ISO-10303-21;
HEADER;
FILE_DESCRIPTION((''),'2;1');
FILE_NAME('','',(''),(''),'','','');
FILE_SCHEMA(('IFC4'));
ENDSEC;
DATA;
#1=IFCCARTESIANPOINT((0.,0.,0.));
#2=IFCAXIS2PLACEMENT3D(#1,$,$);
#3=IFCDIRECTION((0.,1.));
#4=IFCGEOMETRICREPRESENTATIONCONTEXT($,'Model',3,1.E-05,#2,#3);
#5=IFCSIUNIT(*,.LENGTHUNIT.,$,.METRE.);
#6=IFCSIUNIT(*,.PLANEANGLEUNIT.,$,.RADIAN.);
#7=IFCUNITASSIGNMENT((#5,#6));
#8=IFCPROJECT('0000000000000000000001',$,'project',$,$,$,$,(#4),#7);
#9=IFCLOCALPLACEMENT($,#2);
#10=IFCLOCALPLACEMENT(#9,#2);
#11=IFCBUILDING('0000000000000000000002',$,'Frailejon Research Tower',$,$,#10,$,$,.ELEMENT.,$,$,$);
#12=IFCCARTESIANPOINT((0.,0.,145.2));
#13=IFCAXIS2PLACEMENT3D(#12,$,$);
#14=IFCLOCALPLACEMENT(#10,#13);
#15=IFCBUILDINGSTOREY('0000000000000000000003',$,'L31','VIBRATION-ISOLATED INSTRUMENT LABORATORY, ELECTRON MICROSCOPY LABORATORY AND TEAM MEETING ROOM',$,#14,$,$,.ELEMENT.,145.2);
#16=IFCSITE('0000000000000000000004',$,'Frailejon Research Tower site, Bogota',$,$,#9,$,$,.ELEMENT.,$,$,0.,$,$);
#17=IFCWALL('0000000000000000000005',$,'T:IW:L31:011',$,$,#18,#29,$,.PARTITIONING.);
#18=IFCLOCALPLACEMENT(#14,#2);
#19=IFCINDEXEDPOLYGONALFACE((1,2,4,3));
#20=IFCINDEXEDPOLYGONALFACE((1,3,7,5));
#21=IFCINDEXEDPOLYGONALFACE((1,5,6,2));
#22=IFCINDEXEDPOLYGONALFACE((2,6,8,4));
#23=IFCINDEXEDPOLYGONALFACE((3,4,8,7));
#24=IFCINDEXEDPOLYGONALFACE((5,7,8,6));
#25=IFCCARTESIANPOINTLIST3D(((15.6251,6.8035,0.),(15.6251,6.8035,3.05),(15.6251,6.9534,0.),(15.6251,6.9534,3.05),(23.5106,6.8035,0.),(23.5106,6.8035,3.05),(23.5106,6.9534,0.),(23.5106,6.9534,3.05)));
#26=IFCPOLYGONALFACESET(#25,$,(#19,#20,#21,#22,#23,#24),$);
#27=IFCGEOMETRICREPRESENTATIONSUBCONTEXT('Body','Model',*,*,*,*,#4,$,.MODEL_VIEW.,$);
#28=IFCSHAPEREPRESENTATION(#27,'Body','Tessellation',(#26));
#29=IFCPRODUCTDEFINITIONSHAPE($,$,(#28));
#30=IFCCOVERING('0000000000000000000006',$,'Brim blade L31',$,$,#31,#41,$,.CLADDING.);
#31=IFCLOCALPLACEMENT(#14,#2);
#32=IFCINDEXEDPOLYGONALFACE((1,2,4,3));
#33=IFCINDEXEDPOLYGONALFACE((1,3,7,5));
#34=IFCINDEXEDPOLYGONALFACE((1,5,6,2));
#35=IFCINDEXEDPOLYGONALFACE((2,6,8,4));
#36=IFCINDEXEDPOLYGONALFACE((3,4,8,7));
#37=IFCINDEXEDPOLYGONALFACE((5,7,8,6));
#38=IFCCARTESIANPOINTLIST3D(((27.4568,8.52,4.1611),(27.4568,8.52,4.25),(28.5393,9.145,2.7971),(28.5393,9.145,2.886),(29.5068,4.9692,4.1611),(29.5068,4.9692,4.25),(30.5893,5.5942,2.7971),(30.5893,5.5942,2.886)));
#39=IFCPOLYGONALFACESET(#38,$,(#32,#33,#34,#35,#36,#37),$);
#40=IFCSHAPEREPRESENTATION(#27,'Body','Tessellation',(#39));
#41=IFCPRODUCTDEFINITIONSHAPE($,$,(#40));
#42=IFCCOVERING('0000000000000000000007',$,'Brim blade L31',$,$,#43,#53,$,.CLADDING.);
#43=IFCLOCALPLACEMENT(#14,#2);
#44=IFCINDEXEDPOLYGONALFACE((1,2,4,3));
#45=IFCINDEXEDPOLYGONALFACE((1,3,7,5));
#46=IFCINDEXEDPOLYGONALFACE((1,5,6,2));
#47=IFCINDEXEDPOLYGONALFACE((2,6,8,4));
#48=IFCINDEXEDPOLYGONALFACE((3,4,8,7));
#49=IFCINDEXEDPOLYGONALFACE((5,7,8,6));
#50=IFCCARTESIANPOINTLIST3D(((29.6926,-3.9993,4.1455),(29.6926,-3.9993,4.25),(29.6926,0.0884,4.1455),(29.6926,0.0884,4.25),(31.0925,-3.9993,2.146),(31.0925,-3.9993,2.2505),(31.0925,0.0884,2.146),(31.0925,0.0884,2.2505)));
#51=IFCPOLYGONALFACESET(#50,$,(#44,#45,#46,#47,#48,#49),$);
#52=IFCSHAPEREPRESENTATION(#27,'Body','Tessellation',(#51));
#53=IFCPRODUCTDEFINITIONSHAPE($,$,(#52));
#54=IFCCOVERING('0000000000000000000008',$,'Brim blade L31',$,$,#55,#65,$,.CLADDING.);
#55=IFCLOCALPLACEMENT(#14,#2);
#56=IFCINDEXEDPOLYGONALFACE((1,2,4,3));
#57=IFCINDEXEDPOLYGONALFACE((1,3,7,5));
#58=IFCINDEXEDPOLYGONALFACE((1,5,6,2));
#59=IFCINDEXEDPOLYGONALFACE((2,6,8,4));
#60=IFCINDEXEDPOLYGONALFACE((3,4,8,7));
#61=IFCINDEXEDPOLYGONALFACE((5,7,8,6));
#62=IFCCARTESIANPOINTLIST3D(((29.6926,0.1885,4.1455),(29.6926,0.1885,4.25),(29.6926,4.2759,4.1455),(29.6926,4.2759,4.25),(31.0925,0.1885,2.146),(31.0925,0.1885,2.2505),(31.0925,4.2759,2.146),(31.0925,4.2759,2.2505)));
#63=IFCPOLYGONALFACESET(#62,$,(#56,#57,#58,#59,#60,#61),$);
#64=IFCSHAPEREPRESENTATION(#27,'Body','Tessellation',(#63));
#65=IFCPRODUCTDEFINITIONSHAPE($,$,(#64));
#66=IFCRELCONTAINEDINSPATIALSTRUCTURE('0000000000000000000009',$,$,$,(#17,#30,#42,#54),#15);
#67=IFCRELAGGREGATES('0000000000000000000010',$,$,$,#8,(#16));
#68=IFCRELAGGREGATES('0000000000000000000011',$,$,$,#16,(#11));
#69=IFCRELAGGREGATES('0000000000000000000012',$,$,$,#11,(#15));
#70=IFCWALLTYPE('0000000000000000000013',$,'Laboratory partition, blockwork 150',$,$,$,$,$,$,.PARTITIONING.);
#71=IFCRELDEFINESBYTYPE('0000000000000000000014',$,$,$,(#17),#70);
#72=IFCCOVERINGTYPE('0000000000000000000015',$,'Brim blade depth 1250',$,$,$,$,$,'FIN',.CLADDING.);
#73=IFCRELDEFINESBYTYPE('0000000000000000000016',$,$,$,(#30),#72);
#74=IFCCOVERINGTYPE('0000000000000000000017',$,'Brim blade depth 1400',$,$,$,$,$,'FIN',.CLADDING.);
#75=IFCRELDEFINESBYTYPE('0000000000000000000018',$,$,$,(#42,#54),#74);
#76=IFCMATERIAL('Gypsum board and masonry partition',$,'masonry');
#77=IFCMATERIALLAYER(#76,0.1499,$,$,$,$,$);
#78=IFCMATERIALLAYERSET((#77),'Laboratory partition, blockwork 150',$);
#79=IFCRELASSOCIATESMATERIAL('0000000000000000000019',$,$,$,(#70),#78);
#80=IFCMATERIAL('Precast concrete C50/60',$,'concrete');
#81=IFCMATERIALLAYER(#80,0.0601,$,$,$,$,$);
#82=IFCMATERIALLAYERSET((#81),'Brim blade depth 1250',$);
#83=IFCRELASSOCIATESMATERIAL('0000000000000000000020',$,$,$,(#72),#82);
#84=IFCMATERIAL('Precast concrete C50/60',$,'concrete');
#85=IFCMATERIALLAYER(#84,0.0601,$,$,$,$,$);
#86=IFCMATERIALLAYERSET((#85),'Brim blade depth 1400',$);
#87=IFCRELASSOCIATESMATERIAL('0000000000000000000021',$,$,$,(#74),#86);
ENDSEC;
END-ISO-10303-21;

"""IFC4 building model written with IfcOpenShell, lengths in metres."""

from ifc_helpers import new_model, si_unit, direction, frame, frame_2d, origin, place, context, subcontext, project, spatial, polyline, rectangle, outline, extrude, material, layer, layer_set, type_object, element, save


model = new_model("IFC4")

# Units and contexts
model_context = context("Model", 3, precision=1e-05, world=origin(), true_north=direction((0.0, 1.0)))
body_context = subcontext(model_context, "Body", "Model", "MODEL_VIEW")
ifc_project = project(units=[si_unit("LENGTHUNIT", "METRE"), si_unit("PLANEANGLEUNIT", "RADIAN")], contexts=[model_context])

# Site, building, storey
site_placement = place(None, origin())
site = spatial("IfcSite", under=ifc_project, at=site_placement, Name="Frailejon Research Tower site, Bogota", CompositionType="ELEMENT", RefElevation=0.0)
building_placement = place(site_placement, origin())
building = spatial("IfcBuilding", under=site, at=building_placement, Name="Frailejon Research Tower", CompositionType="ELEMENT")
storey_placement = place(building_placement, frame((0.0, 0.0, 145.2)))
storey = spatial("IfcBuildingStorey", under=building, at=storey_placement, Name="L31", Description="VIBRATION-ISOLATED INSTRUMENT LABORATORY, ELECTRON MICROSCOPY LABORATORY AND TEAM MEETING ROOM", CompositionType="ELEMENT", Elevation=145.2)

# Wall
ifc_material_1 = material(Name="Gypsum board and masonry partition", Category="masonry")
ifc_layer_1 = layer(ifc_material_1, 0.1499)
ifc_layer_set_1 = layer_set([ifc_layer_1], Name="Laboratory partition, blockwork 150")
wall_type_1 = type_object("IfcWallType", Name="Laboratory partition, blockwork 150", PredefinedType="PARTITIONING", material=ifc_layer_set_1)
wall_1_placement = place(storey_placement, frame((15.625, 6.8784, 0.0), z_axis=(0.0, 0.0, 1.0), x_axis=(1.0, 0.0, 0.0)))
element("IfcWall", 1, at=wall_1_placement, inside=storey, type_object=wall_type_1, Name="T:IW:L31:011", PredefinedType="PARTITIONING", context=body_context, shape_type="SweptSolid", body=[
    extrude(rectangle(XDim=7.8855, YDim=0.1499, at=frame_2d((3.9429, 0.0))), origin(), (0.0, 0.0, 1.0), 3.05),
])

# Coverings
ifc_material_2 = material(Name="Precast concrete C50/60", Category="concrete")
ifc_layer_2 = layer(ifc_material_2, 0.0601)
ifc_layer_set_2 = layer_set([ifc_layer_2], Name="Brim blade depth 1250")
covering_type_1 = type_object("IfcCoveringType", Name="Brim blade depth 1250", ElementType="FIN", PredefinedType="CLADDING", material=ifc_layer_set_2)
covering_1_placement = place(storey_placement, frame((27.4568, 8.52, 4.25), z_axis=(0.49999, -0.866031, 0.0), x_axis=(0.866031, 0.49999, 0.0)))
element("IfcCovering", 2, at=covering_1_placement, inside=storey, type_object=covering_type_1, Name="Brim blade L31", PredefinedType="CLADDING", context=body_context, shape_type="SweptSolid", body=[
    extrude(outline(polyline([(0.0, -0.0889), (1.25, -1.4529), (1.25, -1.364), (0.0, 0.0), (0.0, -0.0889)])), origin(), (0.0, 0.0, 1.0), 4.1001),
])
ifc_material_3 = material(Name="Precast concrete C50/60", Category="concrete")
ifc_layer_3 = layer(ifc_material_3, 0.0601)
ifc_layer_set_3 = layer_set([ifc_layer_3], Name="Brim blade depth 1400")
covering_type_2 = type_object("IfcCoveringType", Name="Brim blade depth 1400", ElementType="FIN", PredefinedType="CLADDING", material=ifc_layer_set_3)
covering_2_placement = place(storey_placement, frame((29.6926, 0.0884, 4.25), z_axis=(0.0, -1.0, 0.0), x_axis=(1.0, 0.0, 0.0)))
element("IfcCovering", 3, at=covering_2_placement, inside=storey, type_object=covering_type_2, Name="Brim blade L31", PredefinedType="CLADDING", context=body_context, shape_type="SweptSolid", body=[
    extrude(outline(polyline([(0.0, -0.1045), (1.3999, -2.104), (1.3999, -1.9995), (0.0, 0.0), (0.0, -0.1045)])), origin(), (0.0, 0.0, 1.0), 4.0876),
])
covering_3_placement = place(storey_placement, frame((29.6926, 4.2759, 4.25), z_axis=(0.0, -1.0, 0.0), x_axis=(1.0, 0.0, 0.0)))
element("IfcCovering", 4, at=covering_3_placement, inside=storey, type_object=covering_type_2, Name="Brim blade L31", PredefinedType="CLADDING", context=body_context, shape_type="SweptSolid", body=[
    extrude(outline(polyline([(0.0, -0.1045), (1.3999, -2.104), (1.3999, -1.9995), (0.0, 0.0), (0.0, -0.1045)])), origin(), (0.0, 0.0, 1.0), 4.0874),
])

save(model, "model.ifc")
